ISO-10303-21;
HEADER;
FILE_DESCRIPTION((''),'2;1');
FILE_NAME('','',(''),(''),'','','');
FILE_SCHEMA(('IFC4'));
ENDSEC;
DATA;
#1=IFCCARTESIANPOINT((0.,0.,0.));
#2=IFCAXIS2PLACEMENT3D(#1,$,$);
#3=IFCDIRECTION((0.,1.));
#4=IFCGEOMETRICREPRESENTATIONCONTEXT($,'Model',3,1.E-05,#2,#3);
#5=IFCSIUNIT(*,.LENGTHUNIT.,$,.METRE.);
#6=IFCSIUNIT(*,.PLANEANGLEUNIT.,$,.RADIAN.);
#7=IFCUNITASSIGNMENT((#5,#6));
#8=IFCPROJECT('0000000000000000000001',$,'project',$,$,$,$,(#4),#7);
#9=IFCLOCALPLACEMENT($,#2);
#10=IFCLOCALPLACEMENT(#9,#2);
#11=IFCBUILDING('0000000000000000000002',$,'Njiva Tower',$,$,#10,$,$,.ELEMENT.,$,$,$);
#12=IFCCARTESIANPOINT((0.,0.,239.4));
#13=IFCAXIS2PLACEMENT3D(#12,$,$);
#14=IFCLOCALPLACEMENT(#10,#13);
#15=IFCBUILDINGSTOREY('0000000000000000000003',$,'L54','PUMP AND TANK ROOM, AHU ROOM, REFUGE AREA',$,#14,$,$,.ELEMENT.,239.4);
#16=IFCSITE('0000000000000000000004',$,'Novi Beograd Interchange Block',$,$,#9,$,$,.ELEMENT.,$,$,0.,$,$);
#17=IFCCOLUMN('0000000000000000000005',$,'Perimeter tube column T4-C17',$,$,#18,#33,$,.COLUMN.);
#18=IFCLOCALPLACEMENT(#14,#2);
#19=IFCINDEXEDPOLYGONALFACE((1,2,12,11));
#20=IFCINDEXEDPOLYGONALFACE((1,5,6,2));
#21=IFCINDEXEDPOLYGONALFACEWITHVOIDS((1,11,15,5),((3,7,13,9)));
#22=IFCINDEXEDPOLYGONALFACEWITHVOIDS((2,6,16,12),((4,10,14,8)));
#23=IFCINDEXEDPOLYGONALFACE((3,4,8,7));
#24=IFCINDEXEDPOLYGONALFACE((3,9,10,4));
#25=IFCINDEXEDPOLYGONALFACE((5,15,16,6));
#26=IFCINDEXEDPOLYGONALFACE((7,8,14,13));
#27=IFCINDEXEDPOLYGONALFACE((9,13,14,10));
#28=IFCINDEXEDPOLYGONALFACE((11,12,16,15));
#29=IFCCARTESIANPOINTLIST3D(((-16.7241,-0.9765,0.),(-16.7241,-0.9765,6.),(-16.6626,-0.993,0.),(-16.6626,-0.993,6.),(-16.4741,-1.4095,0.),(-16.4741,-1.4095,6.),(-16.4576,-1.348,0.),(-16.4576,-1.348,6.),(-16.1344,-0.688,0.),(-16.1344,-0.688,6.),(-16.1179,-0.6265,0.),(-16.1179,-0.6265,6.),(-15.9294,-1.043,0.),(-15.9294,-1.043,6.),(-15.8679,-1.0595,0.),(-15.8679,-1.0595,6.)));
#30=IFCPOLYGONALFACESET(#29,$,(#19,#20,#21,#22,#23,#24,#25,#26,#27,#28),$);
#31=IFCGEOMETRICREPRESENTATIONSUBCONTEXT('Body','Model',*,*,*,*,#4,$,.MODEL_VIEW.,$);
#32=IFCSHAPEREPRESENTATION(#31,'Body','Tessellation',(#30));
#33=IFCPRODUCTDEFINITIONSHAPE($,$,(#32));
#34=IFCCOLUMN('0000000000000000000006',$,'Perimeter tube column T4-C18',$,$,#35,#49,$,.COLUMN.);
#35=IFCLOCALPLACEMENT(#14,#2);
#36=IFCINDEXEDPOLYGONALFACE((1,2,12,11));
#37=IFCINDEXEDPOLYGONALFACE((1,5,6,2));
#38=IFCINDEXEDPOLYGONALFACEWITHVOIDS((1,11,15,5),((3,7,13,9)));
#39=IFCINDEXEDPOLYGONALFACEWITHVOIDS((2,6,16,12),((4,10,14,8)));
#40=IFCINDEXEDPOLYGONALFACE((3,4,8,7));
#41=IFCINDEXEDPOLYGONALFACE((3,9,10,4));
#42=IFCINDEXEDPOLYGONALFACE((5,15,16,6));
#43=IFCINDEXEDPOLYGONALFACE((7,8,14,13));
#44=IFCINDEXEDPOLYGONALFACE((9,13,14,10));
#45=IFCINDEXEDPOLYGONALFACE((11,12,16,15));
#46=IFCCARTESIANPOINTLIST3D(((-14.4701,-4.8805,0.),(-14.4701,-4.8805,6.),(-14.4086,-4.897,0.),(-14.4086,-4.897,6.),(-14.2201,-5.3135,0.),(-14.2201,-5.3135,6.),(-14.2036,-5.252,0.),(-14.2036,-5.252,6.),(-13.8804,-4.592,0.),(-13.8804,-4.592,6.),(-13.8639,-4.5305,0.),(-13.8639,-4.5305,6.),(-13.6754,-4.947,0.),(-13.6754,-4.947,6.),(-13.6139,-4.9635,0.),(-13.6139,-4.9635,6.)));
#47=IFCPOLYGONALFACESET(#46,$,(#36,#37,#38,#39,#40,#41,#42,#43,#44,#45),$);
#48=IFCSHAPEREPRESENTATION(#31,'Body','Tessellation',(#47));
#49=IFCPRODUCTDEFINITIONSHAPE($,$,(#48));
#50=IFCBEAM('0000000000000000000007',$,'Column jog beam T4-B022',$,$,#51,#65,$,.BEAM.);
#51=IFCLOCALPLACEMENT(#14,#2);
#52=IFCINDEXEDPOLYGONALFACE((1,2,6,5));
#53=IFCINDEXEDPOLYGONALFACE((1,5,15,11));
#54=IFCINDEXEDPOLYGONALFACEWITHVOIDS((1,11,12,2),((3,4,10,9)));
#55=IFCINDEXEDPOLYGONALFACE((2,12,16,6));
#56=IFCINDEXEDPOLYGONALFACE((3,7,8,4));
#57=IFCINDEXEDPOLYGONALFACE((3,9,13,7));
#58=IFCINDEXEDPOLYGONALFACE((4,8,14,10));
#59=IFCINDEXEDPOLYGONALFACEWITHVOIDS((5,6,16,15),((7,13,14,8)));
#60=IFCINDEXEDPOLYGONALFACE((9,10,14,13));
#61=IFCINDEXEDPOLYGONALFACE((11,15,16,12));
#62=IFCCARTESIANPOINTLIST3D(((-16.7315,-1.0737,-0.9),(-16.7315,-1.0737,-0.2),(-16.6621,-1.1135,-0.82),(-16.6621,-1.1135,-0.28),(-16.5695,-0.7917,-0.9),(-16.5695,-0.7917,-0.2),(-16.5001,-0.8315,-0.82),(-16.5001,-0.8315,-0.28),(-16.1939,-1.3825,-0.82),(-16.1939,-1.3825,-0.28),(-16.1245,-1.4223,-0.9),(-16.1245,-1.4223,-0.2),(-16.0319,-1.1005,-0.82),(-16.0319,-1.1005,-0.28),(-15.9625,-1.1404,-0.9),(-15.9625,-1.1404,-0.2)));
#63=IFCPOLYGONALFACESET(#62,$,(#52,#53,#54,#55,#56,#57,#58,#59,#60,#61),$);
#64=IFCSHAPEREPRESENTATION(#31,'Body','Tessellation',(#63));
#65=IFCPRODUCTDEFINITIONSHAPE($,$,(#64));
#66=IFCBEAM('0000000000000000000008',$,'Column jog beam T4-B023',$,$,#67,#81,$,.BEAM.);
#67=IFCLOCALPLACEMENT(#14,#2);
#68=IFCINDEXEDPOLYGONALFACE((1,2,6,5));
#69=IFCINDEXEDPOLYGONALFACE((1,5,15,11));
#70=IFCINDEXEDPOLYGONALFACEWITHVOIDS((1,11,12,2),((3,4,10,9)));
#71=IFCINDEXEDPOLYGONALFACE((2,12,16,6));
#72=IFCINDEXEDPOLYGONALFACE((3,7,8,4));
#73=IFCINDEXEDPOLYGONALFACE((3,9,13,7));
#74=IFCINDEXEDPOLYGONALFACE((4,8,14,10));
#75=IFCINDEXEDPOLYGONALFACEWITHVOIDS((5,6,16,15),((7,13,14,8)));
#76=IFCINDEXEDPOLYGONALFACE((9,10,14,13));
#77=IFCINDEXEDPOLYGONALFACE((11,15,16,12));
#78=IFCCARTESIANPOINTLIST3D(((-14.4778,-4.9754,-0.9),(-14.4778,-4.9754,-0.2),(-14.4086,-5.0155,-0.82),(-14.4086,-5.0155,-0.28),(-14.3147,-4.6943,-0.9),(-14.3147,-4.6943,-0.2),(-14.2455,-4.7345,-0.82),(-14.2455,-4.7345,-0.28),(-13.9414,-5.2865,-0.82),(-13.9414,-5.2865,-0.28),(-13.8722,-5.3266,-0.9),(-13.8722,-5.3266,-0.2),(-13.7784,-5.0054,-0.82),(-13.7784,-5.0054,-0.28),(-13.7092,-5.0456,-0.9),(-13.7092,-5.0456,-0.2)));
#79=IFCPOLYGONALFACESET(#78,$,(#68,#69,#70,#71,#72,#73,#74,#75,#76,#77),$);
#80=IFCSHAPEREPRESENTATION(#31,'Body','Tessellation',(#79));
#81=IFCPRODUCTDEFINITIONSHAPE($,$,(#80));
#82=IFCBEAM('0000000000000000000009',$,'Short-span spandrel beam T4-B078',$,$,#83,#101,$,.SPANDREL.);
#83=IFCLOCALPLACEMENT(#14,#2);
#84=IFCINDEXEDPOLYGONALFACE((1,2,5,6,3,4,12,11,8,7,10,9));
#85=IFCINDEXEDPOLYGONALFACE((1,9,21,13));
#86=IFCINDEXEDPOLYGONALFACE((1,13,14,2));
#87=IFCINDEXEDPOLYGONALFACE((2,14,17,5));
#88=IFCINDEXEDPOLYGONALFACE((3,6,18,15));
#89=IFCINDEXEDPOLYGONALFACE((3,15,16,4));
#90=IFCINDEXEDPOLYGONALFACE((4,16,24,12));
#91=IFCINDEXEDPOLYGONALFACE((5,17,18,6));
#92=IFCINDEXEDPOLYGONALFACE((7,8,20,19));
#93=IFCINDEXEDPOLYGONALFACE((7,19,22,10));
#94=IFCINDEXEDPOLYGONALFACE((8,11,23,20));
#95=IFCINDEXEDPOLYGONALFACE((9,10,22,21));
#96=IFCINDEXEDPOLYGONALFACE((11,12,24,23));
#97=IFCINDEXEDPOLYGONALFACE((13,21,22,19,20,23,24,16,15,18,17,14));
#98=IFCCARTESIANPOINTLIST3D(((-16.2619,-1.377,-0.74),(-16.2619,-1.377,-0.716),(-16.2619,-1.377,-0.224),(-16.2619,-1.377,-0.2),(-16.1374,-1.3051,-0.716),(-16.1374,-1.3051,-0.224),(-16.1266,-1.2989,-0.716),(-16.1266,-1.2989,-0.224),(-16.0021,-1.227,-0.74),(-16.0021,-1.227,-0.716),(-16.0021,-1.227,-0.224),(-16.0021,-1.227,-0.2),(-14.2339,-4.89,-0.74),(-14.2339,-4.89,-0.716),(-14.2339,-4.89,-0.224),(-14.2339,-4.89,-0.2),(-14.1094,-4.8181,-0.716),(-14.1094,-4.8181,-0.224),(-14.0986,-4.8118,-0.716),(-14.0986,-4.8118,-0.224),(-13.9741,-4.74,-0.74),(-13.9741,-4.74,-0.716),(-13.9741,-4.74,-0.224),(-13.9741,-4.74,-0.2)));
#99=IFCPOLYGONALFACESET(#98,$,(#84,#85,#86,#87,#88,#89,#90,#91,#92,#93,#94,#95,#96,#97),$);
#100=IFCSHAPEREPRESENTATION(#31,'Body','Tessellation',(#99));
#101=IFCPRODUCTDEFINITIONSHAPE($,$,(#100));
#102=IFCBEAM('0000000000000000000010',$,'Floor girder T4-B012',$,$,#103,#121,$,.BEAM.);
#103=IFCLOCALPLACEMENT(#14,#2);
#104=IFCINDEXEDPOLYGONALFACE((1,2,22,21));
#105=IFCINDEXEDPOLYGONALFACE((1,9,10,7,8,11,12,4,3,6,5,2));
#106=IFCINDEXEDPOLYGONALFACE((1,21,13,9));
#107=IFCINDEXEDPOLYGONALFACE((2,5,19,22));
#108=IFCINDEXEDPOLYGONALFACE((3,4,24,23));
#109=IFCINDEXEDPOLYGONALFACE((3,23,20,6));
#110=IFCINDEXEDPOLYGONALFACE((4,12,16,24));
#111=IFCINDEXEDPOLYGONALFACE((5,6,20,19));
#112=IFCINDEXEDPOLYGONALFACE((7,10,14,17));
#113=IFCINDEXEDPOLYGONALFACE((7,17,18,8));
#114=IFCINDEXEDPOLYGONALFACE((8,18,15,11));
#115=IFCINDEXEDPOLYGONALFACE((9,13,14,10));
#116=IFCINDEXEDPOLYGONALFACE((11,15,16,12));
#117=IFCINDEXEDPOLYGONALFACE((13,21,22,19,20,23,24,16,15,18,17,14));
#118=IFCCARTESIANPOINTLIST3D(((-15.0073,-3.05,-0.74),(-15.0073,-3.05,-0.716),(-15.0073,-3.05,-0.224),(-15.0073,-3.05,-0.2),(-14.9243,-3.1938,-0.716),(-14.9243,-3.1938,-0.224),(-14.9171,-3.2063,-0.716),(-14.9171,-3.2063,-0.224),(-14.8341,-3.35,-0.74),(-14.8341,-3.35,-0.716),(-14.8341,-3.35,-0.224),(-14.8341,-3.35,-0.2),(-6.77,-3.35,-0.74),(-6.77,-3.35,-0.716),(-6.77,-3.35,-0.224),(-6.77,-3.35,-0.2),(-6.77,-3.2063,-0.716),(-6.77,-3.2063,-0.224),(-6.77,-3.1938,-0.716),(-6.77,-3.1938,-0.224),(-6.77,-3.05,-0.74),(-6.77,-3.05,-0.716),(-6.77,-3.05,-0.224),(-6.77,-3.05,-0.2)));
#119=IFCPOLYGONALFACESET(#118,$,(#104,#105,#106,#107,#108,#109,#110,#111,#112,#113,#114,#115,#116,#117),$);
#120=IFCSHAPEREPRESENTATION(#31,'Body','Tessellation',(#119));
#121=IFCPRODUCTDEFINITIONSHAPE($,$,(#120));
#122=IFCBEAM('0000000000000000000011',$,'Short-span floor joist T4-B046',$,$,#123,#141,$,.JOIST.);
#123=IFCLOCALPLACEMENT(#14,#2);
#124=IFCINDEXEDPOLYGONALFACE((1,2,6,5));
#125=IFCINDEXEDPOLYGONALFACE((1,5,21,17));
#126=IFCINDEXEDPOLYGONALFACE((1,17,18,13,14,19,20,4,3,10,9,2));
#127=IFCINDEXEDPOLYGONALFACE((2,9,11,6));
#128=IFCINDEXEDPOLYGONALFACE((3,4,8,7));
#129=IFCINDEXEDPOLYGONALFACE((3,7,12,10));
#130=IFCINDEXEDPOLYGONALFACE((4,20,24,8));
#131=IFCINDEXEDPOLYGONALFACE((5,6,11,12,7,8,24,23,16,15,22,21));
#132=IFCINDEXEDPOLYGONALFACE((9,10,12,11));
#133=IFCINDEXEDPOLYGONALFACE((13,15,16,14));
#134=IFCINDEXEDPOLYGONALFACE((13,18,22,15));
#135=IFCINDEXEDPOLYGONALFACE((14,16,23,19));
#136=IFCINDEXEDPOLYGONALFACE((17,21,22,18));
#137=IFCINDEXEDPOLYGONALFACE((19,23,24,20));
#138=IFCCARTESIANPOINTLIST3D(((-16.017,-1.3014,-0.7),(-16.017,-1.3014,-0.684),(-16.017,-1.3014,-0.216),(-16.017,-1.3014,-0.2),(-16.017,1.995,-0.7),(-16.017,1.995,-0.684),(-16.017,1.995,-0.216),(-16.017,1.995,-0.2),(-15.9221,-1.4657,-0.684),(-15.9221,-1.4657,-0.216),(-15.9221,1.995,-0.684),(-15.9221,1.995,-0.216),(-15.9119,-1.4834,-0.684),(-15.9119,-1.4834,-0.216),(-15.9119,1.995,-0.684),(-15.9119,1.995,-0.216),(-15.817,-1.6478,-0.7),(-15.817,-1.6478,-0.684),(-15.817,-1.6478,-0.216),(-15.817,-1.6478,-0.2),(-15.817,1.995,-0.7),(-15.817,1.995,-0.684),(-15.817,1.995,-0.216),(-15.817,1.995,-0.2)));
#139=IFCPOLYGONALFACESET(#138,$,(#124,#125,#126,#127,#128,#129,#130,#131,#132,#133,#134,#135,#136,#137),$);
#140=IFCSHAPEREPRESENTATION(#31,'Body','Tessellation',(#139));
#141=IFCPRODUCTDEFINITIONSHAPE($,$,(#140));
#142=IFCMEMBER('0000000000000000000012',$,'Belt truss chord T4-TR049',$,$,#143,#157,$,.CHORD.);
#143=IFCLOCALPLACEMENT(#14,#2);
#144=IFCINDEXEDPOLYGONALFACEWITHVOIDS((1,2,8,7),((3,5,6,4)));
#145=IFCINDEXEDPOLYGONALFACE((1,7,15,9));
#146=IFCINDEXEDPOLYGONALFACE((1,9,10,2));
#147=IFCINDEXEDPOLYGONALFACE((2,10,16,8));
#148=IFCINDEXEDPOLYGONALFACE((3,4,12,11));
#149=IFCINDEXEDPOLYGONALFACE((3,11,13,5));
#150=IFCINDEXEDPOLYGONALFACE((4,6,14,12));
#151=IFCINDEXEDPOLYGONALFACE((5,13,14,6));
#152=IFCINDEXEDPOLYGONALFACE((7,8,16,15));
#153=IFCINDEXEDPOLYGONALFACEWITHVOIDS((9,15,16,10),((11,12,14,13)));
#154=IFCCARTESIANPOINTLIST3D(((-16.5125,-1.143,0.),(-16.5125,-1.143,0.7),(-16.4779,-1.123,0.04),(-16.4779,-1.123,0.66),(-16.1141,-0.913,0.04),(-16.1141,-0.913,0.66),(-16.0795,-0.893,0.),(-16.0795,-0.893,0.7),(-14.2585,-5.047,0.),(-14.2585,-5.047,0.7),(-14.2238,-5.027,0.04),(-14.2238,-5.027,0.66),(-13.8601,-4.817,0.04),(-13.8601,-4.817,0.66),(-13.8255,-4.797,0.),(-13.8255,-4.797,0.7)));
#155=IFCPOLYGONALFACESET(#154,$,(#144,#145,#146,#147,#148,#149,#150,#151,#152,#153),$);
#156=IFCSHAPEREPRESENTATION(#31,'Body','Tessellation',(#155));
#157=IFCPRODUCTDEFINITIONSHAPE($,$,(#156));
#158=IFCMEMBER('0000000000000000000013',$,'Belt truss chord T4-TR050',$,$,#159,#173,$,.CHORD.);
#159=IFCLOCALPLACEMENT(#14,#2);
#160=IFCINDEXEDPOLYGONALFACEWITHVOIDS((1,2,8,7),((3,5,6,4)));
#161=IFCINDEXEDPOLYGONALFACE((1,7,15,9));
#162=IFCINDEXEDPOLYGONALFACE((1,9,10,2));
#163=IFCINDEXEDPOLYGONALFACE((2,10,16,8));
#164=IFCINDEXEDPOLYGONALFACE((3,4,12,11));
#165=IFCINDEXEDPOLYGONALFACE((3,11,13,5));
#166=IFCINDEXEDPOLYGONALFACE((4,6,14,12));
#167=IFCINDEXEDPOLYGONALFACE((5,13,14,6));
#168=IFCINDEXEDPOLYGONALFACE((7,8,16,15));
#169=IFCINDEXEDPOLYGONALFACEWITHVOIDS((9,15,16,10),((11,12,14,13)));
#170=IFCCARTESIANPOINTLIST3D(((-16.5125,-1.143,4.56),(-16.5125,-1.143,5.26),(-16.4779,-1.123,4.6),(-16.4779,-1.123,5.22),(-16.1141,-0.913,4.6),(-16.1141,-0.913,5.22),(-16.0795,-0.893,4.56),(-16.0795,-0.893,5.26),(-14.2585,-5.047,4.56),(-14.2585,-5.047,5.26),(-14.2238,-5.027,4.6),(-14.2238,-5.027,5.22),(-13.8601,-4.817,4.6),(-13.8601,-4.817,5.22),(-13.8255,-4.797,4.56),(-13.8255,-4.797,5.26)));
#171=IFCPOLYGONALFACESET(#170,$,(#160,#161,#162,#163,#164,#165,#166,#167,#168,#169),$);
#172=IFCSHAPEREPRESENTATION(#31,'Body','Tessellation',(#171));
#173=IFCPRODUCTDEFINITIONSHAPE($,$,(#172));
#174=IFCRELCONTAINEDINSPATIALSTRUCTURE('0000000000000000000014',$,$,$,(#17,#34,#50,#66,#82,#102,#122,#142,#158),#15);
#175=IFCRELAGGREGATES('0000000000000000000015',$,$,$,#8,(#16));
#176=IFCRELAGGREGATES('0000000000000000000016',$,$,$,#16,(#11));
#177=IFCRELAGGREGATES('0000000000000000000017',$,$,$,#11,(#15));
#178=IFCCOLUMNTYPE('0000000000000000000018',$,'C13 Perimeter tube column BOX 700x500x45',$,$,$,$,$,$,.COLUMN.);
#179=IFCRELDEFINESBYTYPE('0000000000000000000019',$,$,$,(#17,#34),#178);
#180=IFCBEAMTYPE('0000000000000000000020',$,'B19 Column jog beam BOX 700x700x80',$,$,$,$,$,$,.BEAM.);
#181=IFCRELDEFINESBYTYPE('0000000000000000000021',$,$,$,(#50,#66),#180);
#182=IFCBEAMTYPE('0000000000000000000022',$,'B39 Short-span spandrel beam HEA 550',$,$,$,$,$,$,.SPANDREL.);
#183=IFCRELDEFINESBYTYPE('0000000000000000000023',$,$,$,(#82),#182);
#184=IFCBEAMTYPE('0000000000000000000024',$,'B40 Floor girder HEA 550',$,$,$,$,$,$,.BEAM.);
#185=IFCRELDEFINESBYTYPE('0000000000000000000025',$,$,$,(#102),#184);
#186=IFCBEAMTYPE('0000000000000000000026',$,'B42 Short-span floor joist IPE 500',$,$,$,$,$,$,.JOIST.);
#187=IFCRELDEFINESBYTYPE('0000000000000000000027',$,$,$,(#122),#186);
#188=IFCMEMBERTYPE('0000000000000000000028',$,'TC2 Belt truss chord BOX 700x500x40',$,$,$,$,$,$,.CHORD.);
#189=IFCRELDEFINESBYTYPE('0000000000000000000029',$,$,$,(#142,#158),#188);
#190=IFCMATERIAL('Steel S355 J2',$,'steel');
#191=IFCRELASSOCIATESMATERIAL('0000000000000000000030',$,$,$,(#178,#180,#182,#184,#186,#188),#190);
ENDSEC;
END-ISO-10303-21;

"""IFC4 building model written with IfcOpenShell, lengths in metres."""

from ifc_helpers import new_model, si_unit, direction, frame, origin, origin_2d, place, context, subcontext, project, spatial, hollow_rectangle, i_section, extrude, clip, halfspace, material, material_profile, profile_set, type_object, element, save


model = new_model("IFC4")

# Units and contexts
model_context = context("Model", 3, precision=1e-05, world=origin(), true_north=direction((0.0, 1.0)))
body_context = subcontext(model_context, "Body", "Model", "MODEL_VIEW")
ifc_project = project(units=[si_unit("LENGTHUNIT", "METRE"), si_unit("PLANEANGLEUNIT", "RADIAN")], contexts=[model_context])

# Site, building, storey
site_placement = place(None, origin())
site = spatial("IfcSite", under=ifc_project, at=site_placement, Name="Novi Beograd Interchange Block", CompositionType="ELEMENT", RefElevation=0.0)
building_placement = place(site_placement, origin())
building = spatial("IfcBuilding", under=site, at=building_placement, Name="Njiva Tower", CompositionType="ELEMENT")
storey_placement = place(building_placement, frame((0.0, 0.0, 239.4)))
storey = spatial("IfcBuildingStorey", under=building, at=storey_placement, Name="L54", Description="PUMP AND TANK ROOM, AHU ROOM, REFUGE AREA", CompositionType="ELEMENT", Elevation=239.4)

# Columns
ifc_material_1 = material(Name="Steel S355 J2", Category="steel")
ifc_material_profile_1 = material_profile(ifc_material_1, hollow_rectangle(XDim=0.5, YDim=0.7, WallThickness=0.045, at=origin_2d()), Name="BOX 700x500x45")
ifc_profile_set_1 = profile_set([ifc_material_profile_1], Name="Steel S355 J2")
column_type = type_object("IfcColumnType", Name="C13 Perimeter tube column BOX 700x500x45", PredefinedType="COLUMN", material=ifc_profile_set_1)
for number, where, z_axis, x_axis, name in (
    (1, (-16.296, -1.018, 0.0), (0.0, 0.0, 1.0), (0.5, -0.866025, 0.0), "Perimeter tube column T4-C17"),
    (2, (-14.042, -4.922, 0.0), (0.0, 0.0, 1.0), (0.5, -0.866025, 0.0), "Perimeter tube column T4-C18"),
):
    element("IfcColumn", number, at=place(storey_placement, frame(where, z_axis=z_axis, x_axis=x_axis)), inside=storey, type_object=column_type, Name=name, PredefinedType="COLUMN", context=body_context, shape_type="SweptSolid", body=[
        extrude(hollow_rectangle(XDim=0.5, YDim=0.7, WallThickness=0.045, at=origin_2d()), origin(), (0.0, 0.0, 1.0), 6.0),
    ])

# Beams
ifc_material_profile_2 = material_profile(ifc_material_1, hollow_rectangle(XDim=0.7, YDim=0.7, WallThickness=0.08, at=origin_2d()), Name="BOX 700x700x80")
ifc_profile_set_2 = profile_set([ifc_material_profile_2], Name="Steel S355 J2")
beam_type_1 = type_object("IfcBeamType", Name="B19 Column jog beam BOX 700x700x80", PredefinedType="BEAM", material=ifc_profile_set_2)
beam_1_placement = place(storey_placement, frame((-16.428, -1.248, -0.55), z_axis=(0.498124, 0.867106, 0.0), x_axis=(-0.867106, 0.498124, 0.0)))
element("IfcBeam", 3, at=beam_1_placement, inside=storey, type_object=beam_type_1, Name="Column jog beam T4-B022", PredefinedType="BEAM", context=body_context, shape_type="SweptSolid", body=[
    extrude(hollow_rectangle(XDim=0.7, YDim=0.7, WallThickness=0.08, at=origin_2d()), origin(), (0.0, 0.0, 1.0), 0.3252),
])
beam_2_placement = place(storey_placement, frame((-14.175, -5.151, -0.55), z_axis=(0.501764, 0.865004, 0.0), x_axis=(-0.865004, 0.501764, 0.0)))
element("IfcBeam", 4, at=beam_2_placement, inside=storey, type_object=beam_type_1, Name="Column jog beam T4-B023", PredefinedType="BEAM", context=body_context, shape_type="SweptSolid", body=[
    extrude(hollow_rectangle(XDim=0.7, YDim=0.7, WallThickness=0.08, at=origin_2d()), origin(), (0.0, 0.0, 1.0), 0.3249),
])
ifc_material_profile_3 = material_profile(ifc_material_1, i_section(OverallWidth=0.3, OverallDepth=0.54, WebThickness=0.0125, FlangeThickness=0.024, at=origin_2d()), Name="HEA 550")
ifc_profile_set_3 = profile_set([ifc_material_profile_3], Name="Steel S355 J2")
beam_type_2 = type_object("IfcBeamType", Name="B39 Short-span spandrel beam HEA 550", PredefinedType="SPANDREL", material=ifc_profile_set_3)
beam_3_placement = place(storey_placement, frame((-16.132, -1.302, -0.47), z_axis=(0.499957, -0.86605, 0.0), x_axis=(0.86605, 0.499957, 0.0)))
element("IfcBeam", 5, at=beam_3_placement, inside=storey, type_object=beam_type_2, Name="Short-span spandrel beam T4-B078", PredefinedType="SPANDREL", context=body_context, shape_type="SweptSolid", body=[
    extrude(i_section(OverallWidth=0.3, OverallDepth=0.54, WebThickness=0.0125, FlangeThickness=0.024, at=origin_2d()), origin(), (0.0, 0.0, 1.0), 4.0563),
])
ifc_material_profile_4 = material_profile(ifc_material_1, i_section(OverallWidth=0.3, OverallDepth=0.54, WebThickness=0.0125, FlangeThickness=0.024, at=origin_2d()), Name="HEA 550")
ifc_profile_set_4 = profile_set([ifc_material_profile_4], Name="Steel S355 J2")
beam_type_3 = type_object("IfcBeamType", Name="B40 Floor girder HEA 550", PredefinedType="BEAM", material=ifc_profile_set_4)
beam_4_placement = place(storey_placement, frame((-15.028, -3.2, -0.47), z_axis=(1.0, 0.0, 0.0), x_axis=(0.0, 1.0, 0.0)))
element("IfcBeam", 6, at=beam_4_placement, inside=storey, type_object=beam_type_3, Name="Floor girder T4-B012", PredefinedType="BEAM", context=body_context, shape_type="Clipping", body=[
    clip(extrude(i_section(OverallWidth=0.3, OverallDepth=0.54, WebThickness=0.0125, FlangeThickness=0.024, at=origin_2d()), origin(), (0.0, 0.0, 1.0), 8.258), halfspace(frame((-0.025, 0.0, 0.1217), z_axis=(-0.499998, 0.0, -0.866027), x_axis=(0.0, -1.0, 0.0)), False)),
])
ifc_material_profile_5 = material_profile(ifc_material_1, i_section(OverallWidth=0.2, OverallDepth=0.5, WebThickness=0.0102, FlangeThickness=0.016, at=origin_2d()), Name="IPE 500")
ifc_profile_set_5 = profile_set([ifc_material_profile_5], Name="Steel S355 J2")
beam_type_4 = type_object("IfcBeamType", Name="B42 Short-span floor joist IPE 500", PredefinedType="JOIST", material=ifc_profile_set_5)
beam_5_placement = place(storey_placement, frame((-15.917, 1.995, -0.45), z_axis=(0.0, -1.0, 0.0), x_axis=(1.0, 0.0, 0.0)))
element("IfcBeam", 7, at=beam_5_placement, inside=storey, type_object=beam_type_4, Name="Short-span floor joist T4-B046", PredefinedType="JOIST", context=body_context, shape_type="Clipping", body=[
    clip(extrude(i_section(OverallWidth=0.2, OverallDepth=0.5, WebThickness=0.0102, FlangeThickness=0.016, at=origin_2d()), origin(), (0.0, 0.0, 1.0), 3.663), halfspace(frame((-0.043, 0.0, 3.3951), z_axis=(-0.866027, 0.0, 0.499998), x_axis=(0.0, 1.0, 0.0)), False)),
])

# Members
ifc_material_profile_6 = material_profile(ifc_material_1, hollow_rectangle(XDim=0.5, YDim=0.7, WallThickness=0.04, at=origin_2d()), Name="BOX 700x500x40")
ifc_profile_set_6 = profile_set([ifc_material_profile_6], Name="Steel S355 J2")
member_type_1 = type_object("IfcMemberType", Name="TC2 Belt truss chord BOX 700x500x40", PredefinedType="CHORD", material=ifc_profile_set_6)
for number, where, z_axis, x_axis, name in (
    (8, (-16.296, -1.018, 0.35), (0.500004, -0.866023, 0.0), (0.866023, 0.500004, 0.0), "Belt truss chord T4-TR049"),
    (9, (-16.296, -1.018, 4.91), (0.500004, -0.866023, 0.0), (0.866023, 0.500004, 0.0), "Belt truss chord T4-TR050"),
):
    element("IfcMember", number, at=place(storey_placement, frame(where, z_axis=z_axis, x_axis=x_axis)), inside=storey, type_object=member_type_1, Name=name, PredefinedType="CHORD", context=body_context, shape_type="SweptSolid", body=[
        extrude(hollow_rectangle(XDim=0.5, YDim=0.7, WallThickness=0.04, at=origin_2d()), origin(), (0.0, 0.0, 1.0), 4.508),
    ])

save(model, "model.ifc")
